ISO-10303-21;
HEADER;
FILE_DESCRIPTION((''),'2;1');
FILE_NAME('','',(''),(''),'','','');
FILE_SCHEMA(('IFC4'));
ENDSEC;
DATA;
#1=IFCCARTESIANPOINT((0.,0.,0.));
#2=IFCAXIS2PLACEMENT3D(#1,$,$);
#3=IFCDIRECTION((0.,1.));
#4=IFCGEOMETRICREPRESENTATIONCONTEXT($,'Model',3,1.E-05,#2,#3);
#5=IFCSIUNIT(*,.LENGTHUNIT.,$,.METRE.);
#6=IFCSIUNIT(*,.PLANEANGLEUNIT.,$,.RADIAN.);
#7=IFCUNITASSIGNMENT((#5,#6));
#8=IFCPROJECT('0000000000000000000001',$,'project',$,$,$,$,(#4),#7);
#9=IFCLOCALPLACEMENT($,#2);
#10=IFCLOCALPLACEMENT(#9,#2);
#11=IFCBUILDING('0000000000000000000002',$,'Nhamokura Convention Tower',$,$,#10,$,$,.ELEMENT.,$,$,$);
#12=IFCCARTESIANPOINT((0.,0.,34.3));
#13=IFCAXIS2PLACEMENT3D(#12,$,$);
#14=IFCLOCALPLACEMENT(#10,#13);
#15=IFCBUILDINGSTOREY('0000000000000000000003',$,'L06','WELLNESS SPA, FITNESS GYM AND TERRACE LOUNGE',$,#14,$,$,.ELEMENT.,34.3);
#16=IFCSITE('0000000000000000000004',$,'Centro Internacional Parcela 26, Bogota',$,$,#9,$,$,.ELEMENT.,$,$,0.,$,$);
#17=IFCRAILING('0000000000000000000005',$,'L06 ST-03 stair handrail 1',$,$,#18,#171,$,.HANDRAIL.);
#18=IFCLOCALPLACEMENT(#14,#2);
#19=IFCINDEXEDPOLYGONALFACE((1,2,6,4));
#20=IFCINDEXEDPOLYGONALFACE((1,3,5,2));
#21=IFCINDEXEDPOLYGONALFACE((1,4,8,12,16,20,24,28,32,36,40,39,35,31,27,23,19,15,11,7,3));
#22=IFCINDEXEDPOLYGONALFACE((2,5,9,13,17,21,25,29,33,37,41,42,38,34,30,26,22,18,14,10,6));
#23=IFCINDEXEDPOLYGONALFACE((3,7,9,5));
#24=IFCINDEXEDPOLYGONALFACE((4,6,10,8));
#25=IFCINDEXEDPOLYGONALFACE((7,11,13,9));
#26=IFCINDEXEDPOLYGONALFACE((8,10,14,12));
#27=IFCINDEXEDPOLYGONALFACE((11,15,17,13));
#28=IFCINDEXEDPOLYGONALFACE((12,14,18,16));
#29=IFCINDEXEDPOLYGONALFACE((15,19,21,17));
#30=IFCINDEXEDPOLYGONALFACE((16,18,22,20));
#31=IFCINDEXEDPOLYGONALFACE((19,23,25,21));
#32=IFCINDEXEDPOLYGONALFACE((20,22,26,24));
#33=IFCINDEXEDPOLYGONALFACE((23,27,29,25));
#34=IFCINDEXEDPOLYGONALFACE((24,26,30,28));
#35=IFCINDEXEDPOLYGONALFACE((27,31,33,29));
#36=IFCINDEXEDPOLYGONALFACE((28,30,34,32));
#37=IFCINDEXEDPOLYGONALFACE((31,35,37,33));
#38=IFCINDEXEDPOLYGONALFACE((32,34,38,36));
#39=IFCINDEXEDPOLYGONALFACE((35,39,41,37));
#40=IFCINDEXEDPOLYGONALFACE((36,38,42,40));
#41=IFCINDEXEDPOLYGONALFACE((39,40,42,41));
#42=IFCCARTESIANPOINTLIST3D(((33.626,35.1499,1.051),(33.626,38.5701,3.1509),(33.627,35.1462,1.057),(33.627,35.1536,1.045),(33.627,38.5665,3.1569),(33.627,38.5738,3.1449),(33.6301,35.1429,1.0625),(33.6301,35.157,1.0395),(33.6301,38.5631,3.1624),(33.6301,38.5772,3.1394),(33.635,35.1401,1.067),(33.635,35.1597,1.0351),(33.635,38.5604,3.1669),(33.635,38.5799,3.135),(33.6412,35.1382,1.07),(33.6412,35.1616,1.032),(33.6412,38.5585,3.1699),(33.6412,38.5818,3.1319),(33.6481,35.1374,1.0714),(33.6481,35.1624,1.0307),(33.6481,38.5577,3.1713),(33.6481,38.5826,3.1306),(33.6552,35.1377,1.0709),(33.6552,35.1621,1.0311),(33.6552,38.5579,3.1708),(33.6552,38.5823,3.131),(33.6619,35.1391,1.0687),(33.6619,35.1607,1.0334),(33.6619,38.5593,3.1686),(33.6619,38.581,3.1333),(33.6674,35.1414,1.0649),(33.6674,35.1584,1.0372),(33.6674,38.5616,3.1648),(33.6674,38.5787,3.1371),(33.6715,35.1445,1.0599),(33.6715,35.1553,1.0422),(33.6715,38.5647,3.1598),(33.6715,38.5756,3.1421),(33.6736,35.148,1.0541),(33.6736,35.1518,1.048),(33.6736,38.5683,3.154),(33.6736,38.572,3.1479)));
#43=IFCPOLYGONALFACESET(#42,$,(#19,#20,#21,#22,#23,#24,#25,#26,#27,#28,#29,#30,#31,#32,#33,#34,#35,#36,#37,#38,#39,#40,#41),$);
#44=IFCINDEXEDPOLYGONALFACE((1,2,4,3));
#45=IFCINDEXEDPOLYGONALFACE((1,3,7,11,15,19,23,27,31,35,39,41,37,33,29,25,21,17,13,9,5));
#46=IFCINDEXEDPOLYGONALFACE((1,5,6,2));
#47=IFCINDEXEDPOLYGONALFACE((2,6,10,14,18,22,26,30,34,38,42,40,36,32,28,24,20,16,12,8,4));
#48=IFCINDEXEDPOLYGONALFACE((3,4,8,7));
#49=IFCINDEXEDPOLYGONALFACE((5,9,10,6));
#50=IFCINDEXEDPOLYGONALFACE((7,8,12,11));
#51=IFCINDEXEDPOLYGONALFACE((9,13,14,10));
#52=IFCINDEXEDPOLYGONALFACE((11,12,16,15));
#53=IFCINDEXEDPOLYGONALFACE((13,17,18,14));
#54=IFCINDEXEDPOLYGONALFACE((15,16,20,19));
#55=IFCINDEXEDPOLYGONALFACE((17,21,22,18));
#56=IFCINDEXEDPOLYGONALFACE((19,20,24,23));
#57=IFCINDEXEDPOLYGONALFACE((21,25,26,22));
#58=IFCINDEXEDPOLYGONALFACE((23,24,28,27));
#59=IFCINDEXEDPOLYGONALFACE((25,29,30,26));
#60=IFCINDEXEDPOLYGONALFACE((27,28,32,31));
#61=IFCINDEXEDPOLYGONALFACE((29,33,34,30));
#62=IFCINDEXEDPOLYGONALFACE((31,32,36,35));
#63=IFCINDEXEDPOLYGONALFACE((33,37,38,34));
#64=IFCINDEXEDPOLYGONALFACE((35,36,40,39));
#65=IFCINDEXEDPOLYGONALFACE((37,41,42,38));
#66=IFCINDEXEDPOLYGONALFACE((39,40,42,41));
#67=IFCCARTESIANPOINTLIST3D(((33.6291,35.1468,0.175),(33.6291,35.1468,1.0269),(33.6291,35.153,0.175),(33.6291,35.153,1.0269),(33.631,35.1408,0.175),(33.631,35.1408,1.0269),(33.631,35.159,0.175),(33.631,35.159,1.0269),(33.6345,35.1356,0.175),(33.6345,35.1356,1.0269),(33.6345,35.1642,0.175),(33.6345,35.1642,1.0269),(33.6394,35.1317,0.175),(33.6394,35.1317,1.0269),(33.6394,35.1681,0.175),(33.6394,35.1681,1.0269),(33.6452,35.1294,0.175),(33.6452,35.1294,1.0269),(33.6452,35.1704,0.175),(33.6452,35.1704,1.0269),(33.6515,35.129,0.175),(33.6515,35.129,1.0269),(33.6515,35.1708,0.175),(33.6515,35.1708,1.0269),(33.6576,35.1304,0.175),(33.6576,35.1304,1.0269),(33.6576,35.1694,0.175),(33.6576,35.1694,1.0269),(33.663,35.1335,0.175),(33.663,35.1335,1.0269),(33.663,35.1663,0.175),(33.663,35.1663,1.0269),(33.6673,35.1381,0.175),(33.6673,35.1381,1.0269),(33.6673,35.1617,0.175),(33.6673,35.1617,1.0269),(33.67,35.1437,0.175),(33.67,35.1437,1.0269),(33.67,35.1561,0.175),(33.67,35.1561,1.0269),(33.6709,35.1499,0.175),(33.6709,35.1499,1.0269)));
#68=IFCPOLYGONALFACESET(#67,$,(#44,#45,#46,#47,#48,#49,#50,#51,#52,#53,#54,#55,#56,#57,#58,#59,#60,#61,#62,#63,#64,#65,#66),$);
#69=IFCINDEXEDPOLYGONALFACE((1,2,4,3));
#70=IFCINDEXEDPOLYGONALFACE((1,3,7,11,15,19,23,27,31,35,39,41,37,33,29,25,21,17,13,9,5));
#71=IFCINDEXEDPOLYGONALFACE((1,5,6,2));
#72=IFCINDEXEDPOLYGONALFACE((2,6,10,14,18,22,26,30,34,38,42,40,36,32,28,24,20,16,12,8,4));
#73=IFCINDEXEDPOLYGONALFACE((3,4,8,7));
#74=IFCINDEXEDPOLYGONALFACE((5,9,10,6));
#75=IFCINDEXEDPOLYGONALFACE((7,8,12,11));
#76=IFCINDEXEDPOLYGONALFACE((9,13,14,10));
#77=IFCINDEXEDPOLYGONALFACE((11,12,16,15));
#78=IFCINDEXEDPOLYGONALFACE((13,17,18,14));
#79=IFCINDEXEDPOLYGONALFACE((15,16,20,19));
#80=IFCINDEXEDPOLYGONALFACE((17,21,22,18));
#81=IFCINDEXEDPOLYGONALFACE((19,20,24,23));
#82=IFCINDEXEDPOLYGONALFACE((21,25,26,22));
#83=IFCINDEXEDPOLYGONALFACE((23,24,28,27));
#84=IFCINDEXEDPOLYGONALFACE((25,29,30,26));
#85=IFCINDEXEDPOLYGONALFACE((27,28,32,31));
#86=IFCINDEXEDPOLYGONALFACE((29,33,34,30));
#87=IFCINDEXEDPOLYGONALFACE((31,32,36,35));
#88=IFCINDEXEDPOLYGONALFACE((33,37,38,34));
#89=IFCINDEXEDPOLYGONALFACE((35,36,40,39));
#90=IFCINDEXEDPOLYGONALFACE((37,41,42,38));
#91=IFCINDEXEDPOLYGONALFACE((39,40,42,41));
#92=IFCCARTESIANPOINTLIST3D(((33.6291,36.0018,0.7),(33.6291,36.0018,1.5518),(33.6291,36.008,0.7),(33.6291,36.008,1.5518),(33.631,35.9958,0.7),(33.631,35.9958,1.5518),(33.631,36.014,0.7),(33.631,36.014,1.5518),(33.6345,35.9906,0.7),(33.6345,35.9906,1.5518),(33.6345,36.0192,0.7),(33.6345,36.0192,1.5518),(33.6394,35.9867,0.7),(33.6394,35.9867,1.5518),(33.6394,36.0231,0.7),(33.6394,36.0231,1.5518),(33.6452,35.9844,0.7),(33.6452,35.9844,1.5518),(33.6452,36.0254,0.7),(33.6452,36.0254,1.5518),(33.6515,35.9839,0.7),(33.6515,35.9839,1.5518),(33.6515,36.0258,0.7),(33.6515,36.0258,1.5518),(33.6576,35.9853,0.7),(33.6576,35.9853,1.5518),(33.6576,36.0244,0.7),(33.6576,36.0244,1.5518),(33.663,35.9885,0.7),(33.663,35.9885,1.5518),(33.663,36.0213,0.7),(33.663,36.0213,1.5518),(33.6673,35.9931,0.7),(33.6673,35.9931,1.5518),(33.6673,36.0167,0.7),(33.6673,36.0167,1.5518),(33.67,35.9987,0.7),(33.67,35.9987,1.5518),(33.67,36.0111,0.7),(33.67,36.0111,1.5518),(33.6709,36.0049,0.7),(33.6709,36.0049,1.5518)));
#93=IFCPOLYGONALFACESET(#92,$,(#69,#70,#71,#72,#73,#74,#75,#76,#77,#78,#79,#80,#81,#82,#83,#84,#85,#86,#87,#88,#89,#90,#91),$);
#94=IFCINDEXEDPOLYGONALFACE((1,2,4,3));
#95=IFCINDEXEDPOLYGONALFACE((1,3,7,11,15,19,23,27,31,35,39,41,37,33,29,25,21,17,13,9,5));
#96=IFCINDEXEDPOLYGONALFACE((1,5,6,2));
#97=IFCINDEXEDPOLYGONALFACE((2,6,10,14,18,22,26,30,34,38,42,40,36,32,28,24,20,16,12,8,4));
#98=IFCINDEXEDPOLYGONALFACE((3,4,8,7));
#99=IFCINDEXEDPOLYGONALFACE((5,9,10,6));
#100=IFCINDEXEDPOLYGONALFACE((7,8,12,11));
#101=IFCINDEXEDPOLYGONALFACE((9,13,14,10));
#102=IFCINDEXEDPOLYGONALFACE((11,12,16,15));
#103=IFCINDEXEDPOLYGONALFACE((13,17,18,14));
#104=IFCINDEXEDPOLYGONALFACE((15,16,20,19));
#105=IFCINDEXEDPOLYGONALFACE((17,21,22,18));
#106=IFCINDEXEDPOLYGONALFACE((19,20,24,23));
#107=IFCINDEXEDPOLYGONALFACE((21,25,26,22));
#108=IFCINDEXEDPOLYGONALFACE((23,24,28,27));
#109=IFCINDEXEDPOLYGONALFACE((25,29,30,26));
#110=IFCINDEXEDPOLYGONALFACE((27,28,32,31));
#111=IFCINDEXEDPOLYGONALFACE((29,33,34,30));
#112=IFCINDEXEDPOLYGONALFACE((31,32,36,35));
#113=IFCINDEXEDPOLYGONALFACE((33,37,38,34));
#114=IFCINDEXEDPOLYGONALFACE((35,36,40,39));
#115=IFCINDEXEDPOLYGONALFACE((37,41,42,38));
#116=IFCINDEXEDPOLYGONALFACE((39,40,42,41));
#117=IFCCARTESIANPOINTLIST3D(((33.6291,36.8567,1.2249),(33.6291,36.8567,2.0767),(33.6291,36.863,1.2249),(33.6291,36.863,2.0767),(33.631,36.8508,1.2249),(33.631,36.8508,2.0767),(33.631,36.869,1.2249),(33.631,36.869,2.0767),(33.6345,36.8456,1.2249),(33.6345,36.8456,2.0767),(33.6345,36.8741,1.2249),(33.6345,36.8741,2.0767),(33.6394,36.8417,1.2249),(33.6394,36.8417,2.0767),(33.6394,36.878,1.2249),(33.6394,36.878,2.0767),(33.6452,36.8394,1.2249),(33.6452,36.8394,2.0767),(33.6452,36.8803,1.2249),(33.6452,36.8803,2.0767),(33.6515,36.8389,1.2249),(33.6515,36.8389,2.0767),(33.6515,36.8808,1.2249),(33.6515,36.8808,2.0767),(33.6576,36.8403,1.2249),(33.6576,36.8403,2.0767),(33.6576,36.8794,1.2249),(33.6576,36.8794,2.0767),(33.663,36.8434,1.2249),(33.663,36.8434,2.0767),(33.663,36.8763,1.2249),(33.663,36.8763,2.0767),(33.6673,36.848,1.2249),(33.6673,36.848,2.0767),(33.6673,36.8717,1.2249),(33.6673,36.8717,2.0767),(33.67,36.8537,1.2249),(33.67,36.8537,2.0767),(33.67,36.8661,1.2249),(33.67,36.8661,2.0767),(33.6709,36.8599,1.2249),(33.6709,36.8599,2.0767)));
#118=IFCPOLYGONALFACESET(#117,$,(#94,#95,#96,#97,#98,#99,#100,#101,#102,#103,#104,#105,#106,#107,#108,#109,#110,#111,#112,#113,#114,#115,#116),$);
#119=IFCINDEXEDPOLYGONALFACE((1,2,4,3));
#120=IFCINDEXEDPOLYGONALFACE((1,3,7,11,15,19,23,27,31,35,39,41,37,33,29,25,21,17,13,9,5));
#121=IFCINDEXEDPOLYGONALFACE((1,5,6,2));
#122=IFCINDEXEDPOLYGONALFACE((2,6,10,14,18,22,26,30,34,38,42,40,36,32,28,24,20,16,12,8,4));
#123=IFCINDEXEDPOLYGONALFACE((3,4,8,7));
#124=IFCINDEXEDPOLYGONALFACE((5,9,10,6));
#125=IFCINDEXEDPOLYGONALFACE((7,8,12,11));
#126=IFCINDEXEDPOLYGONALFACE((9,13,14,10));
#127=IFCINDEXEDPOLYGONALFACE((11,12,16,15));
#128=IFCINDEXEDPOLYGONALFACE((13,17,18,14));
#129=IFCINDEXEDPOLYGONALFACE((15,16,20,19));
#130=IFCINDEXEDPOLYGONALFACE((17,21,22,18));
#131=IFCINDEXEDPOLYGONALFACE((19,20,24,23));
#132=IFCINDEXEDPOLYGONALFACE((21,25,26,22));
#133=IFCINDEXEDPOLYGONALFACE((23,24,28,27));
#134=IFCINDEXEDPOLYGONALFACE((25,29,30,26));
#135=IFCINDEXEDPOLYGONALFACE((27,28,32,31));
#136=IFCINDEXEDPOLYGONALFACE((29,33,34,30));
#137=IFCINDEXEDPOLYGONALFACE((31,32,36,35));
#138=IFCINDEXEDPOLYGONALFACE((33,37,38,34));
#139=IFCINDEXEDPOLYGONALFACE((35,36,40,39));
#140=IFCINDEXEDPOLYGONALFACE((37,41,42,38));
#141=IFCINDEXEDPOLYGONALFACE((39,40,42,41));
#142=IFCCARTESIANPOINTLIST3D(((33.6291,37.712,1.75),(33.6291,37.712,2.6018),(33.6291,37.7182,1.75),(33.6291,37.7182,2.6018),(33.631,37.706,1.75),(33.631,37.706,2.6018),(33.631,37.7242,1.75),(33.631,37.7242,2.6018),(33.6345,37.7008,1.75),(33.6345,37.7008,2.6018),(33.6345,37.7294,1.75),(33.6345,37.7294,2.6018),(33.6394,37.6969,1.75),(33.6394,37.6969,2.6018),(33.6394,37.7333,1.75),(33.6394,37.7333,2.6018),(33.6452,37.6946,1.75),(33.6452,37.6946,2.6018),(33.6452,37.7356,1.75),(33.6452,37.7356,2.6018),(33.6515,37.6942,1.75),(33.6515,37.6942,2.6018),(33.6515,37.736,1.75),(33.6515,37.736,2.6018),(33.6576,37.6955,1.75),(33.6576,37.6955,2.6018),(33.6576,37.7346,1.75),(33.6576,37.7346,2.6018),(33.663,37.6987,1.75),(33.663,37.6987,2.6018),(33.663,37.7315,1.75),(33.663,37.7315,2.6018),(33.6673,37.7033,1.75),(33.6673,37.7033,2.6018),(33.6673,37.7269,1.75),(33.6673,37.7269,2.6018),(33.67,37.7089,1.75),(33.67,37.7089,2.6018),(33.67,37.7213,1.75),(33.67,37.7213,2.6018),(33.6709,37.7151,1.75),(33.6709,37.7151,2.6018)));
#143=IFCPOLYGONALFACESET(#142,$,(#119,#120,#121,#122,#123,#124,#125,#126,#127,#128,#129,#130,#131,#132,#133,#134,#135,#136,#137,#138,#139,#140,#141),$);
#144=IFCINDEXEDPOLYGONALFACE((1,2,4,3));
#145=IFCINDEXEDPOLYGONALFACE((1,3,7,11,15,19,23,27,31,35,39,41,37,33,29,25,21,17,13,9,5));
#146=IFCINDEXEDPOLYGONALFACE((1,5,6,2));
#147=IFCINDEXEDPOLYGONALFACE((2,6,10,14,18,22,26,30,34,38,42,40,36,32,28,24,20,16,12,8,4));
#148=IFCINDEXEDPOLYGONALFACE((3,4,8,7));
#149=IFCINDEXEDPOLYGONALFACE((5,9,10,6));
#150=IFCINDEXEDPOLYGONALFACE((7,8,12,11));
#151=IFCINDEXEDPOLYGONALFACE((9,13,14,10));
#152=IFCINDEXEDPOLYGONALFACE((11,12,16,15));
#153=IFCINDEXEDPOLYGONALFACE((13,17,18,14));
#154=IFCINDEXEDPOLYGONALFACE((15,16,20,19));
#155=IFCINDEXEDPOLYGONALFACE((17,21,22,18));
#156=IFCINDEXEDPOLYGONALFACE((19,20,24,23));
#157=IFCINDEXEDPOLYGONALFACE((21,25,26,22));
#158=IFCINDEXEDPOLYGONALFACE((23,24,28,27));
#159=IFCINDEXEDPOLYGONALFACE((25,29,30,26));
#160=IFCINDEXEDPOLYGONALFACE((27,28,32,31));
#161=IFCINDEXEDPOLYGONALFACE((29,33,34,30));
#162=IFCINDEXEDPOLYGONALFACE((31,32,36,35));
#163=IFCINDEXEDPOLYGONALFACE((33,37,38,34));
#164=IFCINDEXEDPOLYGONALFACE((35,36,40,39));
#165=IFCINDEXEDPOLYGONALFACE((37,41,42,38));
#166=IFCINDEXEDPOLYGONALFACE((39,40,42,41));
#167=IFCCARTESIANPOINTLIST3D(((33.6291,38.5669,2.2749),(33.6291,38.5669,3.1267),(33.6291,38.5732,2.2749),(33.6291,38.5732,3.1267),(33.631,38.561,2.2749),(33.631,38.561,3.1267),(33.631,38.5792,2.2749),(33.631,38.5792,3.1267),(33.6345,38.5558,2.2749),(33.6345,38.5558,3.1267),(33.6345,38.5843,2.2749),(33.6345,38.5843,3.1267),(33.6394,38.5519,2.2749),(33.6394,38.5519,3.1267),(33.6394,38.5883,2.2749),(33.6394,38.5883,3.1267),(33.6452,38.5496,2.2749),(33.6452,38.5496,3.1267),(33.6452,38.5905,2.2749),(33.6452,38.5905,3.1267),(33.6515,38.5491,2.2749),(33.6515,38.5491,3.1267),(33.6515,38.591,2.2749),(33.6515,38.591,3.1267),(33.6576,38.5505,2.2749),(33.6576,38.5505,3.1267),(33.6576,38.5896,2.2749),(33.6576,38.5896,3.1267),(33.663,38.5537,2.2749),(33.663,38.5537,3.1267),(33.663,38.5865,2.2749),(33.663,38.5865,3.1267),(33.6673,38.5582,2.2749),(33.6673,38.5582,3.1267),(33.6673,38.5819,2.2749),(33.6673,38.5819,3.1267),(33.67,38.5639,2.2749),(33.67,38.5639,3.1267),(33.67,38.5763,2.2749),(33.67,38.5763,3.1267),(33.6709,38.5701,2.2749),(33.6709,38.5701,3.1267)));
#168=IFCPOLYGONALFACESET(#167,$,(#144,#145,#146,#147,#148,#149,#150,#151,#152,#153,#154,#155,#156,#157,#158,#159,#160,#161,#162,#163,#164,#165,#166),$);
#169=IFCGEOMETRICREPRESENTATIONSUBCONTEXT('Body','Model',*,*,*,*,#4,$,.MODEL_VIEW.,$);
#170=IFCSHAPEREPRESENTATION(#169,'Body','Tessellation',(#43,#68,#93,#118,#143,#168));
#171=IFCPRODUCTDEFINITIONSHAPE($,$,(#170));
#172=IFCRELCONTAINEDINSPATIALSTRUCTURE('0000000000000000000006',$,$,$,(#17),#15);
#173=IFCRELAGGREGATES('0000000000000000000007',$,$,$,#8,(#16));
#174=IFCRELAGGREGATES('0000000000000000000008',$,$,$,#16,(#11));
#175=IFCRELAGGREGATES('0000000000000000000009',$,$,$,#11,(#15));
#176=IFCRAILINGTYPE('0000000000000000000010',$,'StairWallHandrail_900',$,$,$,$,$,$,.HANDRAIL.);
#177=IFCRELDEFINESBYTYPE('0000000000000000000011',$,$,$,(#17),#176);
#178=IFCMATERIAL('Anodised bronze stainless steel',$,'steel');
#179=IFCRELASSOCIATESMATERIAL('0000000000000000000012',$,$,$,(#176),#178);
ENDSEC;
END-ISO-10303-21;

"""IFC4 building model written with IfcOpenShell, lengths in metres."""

from ifc_helpers import new_model, si_unit, direction, frame, origin, origin_2d, place, context, subcontext, project, spatial, circle, extrude, material, type_object, element, save


model = new_model("IFC4")

# Units and contexts
model_context = context("Model", 3, precision=1e-05, world=origin(), true_north=direction((0.0, 1.0)))
body_context = subcontext(model_context, "Body", "Model", "MODEL_VIEW")
ifc_project = project(units=[si_unit("LENGTHUNIT", "METRE"), si_unit("PLANEANGLEUNIT", "RADIAN")], contexts=[model_context])

# Site, building, storey
site_placement = place(None, origin())
site = spatial("IfcSite", under=ifc_project, at=site_placement, Name="Centro Internacional Parcela 26, Bogota", CompositionType="ELEMENT", RefElevation=0.0)
building_placement = place(site_placement, origin())
building = spatial("IfcBuilding", under=site, at=building_placement, Name="Nhamokura Convention Tower", CompositionType="ELEMENT")
storey_placement = place(building_placement, frame((0.0, 0.0, 34.3)))
storey = spatial("IfcBuildingStorey", under=building, at=storey_placement, Name="L06", Description="WELLNESS SPA, FITNESS GYM AND TERRACE LOUNGE", CompositionType="ELEMENT", Elevation=34.3)

# Railing
ifc_material_1 = material(Name="Anodised bronze stainless steel", Category="steel")
railing_type_1 = type_object("IfcRailingType", Name="StairWallHandrail_900", PredefinedType="HANDRAIL", material=ifc_material_1)
railing_1_placement = place(storey_placement, frame((33.6499, 35.1499, 0.175)))
element("IfcRailing", 1, at=railing_1_placement, inside=storey, type_object=railing_type_1, Name="L06 ST-03 stair handrail 1", PredefinedType="HANDRAIL", context=body_context, shape_type="SweptSolid", body=[
    extrude(circle(Radius=0.0239, at=origin_2d()), frame((0.0, 0.0, 0.876), z_axis=(0.0, 0.852199, 0.523218), x_axis=(-1.0, 0.0, 0.0)), (0.0, 0.0, 1.0), 4.0134),
    extrude(circle(Radius=0.021, at=origin_2d()), origin(), (0.0, 0.0, 1.0), 0.8518),
    extrude(circle(Radius=0.021, at=origin_2d()), frame((0.0, 0.855, 0.5249)), (0.0, 0.0, 1.0), 0.8518),
    extrude(circle(Radius=0.021, at=origin_2d()), frame((0.0, 1.71, 1.0498)), (0.0, 0.0, 1.0), 0.8518),
    extrude(circle(Radius=0.021, at=origin_2d()), frame((0.0, 2.5652, 1.575)), (0.0, 0.0, 1.0), 0.8518),
    extrude(circle(Radius=0.021, at=origin_2d()), frame((0.0, 3.4202, 2.0999)), (0.0, 0.0, 1.0), 0.8518),
])

save(model, "model.ifc")
